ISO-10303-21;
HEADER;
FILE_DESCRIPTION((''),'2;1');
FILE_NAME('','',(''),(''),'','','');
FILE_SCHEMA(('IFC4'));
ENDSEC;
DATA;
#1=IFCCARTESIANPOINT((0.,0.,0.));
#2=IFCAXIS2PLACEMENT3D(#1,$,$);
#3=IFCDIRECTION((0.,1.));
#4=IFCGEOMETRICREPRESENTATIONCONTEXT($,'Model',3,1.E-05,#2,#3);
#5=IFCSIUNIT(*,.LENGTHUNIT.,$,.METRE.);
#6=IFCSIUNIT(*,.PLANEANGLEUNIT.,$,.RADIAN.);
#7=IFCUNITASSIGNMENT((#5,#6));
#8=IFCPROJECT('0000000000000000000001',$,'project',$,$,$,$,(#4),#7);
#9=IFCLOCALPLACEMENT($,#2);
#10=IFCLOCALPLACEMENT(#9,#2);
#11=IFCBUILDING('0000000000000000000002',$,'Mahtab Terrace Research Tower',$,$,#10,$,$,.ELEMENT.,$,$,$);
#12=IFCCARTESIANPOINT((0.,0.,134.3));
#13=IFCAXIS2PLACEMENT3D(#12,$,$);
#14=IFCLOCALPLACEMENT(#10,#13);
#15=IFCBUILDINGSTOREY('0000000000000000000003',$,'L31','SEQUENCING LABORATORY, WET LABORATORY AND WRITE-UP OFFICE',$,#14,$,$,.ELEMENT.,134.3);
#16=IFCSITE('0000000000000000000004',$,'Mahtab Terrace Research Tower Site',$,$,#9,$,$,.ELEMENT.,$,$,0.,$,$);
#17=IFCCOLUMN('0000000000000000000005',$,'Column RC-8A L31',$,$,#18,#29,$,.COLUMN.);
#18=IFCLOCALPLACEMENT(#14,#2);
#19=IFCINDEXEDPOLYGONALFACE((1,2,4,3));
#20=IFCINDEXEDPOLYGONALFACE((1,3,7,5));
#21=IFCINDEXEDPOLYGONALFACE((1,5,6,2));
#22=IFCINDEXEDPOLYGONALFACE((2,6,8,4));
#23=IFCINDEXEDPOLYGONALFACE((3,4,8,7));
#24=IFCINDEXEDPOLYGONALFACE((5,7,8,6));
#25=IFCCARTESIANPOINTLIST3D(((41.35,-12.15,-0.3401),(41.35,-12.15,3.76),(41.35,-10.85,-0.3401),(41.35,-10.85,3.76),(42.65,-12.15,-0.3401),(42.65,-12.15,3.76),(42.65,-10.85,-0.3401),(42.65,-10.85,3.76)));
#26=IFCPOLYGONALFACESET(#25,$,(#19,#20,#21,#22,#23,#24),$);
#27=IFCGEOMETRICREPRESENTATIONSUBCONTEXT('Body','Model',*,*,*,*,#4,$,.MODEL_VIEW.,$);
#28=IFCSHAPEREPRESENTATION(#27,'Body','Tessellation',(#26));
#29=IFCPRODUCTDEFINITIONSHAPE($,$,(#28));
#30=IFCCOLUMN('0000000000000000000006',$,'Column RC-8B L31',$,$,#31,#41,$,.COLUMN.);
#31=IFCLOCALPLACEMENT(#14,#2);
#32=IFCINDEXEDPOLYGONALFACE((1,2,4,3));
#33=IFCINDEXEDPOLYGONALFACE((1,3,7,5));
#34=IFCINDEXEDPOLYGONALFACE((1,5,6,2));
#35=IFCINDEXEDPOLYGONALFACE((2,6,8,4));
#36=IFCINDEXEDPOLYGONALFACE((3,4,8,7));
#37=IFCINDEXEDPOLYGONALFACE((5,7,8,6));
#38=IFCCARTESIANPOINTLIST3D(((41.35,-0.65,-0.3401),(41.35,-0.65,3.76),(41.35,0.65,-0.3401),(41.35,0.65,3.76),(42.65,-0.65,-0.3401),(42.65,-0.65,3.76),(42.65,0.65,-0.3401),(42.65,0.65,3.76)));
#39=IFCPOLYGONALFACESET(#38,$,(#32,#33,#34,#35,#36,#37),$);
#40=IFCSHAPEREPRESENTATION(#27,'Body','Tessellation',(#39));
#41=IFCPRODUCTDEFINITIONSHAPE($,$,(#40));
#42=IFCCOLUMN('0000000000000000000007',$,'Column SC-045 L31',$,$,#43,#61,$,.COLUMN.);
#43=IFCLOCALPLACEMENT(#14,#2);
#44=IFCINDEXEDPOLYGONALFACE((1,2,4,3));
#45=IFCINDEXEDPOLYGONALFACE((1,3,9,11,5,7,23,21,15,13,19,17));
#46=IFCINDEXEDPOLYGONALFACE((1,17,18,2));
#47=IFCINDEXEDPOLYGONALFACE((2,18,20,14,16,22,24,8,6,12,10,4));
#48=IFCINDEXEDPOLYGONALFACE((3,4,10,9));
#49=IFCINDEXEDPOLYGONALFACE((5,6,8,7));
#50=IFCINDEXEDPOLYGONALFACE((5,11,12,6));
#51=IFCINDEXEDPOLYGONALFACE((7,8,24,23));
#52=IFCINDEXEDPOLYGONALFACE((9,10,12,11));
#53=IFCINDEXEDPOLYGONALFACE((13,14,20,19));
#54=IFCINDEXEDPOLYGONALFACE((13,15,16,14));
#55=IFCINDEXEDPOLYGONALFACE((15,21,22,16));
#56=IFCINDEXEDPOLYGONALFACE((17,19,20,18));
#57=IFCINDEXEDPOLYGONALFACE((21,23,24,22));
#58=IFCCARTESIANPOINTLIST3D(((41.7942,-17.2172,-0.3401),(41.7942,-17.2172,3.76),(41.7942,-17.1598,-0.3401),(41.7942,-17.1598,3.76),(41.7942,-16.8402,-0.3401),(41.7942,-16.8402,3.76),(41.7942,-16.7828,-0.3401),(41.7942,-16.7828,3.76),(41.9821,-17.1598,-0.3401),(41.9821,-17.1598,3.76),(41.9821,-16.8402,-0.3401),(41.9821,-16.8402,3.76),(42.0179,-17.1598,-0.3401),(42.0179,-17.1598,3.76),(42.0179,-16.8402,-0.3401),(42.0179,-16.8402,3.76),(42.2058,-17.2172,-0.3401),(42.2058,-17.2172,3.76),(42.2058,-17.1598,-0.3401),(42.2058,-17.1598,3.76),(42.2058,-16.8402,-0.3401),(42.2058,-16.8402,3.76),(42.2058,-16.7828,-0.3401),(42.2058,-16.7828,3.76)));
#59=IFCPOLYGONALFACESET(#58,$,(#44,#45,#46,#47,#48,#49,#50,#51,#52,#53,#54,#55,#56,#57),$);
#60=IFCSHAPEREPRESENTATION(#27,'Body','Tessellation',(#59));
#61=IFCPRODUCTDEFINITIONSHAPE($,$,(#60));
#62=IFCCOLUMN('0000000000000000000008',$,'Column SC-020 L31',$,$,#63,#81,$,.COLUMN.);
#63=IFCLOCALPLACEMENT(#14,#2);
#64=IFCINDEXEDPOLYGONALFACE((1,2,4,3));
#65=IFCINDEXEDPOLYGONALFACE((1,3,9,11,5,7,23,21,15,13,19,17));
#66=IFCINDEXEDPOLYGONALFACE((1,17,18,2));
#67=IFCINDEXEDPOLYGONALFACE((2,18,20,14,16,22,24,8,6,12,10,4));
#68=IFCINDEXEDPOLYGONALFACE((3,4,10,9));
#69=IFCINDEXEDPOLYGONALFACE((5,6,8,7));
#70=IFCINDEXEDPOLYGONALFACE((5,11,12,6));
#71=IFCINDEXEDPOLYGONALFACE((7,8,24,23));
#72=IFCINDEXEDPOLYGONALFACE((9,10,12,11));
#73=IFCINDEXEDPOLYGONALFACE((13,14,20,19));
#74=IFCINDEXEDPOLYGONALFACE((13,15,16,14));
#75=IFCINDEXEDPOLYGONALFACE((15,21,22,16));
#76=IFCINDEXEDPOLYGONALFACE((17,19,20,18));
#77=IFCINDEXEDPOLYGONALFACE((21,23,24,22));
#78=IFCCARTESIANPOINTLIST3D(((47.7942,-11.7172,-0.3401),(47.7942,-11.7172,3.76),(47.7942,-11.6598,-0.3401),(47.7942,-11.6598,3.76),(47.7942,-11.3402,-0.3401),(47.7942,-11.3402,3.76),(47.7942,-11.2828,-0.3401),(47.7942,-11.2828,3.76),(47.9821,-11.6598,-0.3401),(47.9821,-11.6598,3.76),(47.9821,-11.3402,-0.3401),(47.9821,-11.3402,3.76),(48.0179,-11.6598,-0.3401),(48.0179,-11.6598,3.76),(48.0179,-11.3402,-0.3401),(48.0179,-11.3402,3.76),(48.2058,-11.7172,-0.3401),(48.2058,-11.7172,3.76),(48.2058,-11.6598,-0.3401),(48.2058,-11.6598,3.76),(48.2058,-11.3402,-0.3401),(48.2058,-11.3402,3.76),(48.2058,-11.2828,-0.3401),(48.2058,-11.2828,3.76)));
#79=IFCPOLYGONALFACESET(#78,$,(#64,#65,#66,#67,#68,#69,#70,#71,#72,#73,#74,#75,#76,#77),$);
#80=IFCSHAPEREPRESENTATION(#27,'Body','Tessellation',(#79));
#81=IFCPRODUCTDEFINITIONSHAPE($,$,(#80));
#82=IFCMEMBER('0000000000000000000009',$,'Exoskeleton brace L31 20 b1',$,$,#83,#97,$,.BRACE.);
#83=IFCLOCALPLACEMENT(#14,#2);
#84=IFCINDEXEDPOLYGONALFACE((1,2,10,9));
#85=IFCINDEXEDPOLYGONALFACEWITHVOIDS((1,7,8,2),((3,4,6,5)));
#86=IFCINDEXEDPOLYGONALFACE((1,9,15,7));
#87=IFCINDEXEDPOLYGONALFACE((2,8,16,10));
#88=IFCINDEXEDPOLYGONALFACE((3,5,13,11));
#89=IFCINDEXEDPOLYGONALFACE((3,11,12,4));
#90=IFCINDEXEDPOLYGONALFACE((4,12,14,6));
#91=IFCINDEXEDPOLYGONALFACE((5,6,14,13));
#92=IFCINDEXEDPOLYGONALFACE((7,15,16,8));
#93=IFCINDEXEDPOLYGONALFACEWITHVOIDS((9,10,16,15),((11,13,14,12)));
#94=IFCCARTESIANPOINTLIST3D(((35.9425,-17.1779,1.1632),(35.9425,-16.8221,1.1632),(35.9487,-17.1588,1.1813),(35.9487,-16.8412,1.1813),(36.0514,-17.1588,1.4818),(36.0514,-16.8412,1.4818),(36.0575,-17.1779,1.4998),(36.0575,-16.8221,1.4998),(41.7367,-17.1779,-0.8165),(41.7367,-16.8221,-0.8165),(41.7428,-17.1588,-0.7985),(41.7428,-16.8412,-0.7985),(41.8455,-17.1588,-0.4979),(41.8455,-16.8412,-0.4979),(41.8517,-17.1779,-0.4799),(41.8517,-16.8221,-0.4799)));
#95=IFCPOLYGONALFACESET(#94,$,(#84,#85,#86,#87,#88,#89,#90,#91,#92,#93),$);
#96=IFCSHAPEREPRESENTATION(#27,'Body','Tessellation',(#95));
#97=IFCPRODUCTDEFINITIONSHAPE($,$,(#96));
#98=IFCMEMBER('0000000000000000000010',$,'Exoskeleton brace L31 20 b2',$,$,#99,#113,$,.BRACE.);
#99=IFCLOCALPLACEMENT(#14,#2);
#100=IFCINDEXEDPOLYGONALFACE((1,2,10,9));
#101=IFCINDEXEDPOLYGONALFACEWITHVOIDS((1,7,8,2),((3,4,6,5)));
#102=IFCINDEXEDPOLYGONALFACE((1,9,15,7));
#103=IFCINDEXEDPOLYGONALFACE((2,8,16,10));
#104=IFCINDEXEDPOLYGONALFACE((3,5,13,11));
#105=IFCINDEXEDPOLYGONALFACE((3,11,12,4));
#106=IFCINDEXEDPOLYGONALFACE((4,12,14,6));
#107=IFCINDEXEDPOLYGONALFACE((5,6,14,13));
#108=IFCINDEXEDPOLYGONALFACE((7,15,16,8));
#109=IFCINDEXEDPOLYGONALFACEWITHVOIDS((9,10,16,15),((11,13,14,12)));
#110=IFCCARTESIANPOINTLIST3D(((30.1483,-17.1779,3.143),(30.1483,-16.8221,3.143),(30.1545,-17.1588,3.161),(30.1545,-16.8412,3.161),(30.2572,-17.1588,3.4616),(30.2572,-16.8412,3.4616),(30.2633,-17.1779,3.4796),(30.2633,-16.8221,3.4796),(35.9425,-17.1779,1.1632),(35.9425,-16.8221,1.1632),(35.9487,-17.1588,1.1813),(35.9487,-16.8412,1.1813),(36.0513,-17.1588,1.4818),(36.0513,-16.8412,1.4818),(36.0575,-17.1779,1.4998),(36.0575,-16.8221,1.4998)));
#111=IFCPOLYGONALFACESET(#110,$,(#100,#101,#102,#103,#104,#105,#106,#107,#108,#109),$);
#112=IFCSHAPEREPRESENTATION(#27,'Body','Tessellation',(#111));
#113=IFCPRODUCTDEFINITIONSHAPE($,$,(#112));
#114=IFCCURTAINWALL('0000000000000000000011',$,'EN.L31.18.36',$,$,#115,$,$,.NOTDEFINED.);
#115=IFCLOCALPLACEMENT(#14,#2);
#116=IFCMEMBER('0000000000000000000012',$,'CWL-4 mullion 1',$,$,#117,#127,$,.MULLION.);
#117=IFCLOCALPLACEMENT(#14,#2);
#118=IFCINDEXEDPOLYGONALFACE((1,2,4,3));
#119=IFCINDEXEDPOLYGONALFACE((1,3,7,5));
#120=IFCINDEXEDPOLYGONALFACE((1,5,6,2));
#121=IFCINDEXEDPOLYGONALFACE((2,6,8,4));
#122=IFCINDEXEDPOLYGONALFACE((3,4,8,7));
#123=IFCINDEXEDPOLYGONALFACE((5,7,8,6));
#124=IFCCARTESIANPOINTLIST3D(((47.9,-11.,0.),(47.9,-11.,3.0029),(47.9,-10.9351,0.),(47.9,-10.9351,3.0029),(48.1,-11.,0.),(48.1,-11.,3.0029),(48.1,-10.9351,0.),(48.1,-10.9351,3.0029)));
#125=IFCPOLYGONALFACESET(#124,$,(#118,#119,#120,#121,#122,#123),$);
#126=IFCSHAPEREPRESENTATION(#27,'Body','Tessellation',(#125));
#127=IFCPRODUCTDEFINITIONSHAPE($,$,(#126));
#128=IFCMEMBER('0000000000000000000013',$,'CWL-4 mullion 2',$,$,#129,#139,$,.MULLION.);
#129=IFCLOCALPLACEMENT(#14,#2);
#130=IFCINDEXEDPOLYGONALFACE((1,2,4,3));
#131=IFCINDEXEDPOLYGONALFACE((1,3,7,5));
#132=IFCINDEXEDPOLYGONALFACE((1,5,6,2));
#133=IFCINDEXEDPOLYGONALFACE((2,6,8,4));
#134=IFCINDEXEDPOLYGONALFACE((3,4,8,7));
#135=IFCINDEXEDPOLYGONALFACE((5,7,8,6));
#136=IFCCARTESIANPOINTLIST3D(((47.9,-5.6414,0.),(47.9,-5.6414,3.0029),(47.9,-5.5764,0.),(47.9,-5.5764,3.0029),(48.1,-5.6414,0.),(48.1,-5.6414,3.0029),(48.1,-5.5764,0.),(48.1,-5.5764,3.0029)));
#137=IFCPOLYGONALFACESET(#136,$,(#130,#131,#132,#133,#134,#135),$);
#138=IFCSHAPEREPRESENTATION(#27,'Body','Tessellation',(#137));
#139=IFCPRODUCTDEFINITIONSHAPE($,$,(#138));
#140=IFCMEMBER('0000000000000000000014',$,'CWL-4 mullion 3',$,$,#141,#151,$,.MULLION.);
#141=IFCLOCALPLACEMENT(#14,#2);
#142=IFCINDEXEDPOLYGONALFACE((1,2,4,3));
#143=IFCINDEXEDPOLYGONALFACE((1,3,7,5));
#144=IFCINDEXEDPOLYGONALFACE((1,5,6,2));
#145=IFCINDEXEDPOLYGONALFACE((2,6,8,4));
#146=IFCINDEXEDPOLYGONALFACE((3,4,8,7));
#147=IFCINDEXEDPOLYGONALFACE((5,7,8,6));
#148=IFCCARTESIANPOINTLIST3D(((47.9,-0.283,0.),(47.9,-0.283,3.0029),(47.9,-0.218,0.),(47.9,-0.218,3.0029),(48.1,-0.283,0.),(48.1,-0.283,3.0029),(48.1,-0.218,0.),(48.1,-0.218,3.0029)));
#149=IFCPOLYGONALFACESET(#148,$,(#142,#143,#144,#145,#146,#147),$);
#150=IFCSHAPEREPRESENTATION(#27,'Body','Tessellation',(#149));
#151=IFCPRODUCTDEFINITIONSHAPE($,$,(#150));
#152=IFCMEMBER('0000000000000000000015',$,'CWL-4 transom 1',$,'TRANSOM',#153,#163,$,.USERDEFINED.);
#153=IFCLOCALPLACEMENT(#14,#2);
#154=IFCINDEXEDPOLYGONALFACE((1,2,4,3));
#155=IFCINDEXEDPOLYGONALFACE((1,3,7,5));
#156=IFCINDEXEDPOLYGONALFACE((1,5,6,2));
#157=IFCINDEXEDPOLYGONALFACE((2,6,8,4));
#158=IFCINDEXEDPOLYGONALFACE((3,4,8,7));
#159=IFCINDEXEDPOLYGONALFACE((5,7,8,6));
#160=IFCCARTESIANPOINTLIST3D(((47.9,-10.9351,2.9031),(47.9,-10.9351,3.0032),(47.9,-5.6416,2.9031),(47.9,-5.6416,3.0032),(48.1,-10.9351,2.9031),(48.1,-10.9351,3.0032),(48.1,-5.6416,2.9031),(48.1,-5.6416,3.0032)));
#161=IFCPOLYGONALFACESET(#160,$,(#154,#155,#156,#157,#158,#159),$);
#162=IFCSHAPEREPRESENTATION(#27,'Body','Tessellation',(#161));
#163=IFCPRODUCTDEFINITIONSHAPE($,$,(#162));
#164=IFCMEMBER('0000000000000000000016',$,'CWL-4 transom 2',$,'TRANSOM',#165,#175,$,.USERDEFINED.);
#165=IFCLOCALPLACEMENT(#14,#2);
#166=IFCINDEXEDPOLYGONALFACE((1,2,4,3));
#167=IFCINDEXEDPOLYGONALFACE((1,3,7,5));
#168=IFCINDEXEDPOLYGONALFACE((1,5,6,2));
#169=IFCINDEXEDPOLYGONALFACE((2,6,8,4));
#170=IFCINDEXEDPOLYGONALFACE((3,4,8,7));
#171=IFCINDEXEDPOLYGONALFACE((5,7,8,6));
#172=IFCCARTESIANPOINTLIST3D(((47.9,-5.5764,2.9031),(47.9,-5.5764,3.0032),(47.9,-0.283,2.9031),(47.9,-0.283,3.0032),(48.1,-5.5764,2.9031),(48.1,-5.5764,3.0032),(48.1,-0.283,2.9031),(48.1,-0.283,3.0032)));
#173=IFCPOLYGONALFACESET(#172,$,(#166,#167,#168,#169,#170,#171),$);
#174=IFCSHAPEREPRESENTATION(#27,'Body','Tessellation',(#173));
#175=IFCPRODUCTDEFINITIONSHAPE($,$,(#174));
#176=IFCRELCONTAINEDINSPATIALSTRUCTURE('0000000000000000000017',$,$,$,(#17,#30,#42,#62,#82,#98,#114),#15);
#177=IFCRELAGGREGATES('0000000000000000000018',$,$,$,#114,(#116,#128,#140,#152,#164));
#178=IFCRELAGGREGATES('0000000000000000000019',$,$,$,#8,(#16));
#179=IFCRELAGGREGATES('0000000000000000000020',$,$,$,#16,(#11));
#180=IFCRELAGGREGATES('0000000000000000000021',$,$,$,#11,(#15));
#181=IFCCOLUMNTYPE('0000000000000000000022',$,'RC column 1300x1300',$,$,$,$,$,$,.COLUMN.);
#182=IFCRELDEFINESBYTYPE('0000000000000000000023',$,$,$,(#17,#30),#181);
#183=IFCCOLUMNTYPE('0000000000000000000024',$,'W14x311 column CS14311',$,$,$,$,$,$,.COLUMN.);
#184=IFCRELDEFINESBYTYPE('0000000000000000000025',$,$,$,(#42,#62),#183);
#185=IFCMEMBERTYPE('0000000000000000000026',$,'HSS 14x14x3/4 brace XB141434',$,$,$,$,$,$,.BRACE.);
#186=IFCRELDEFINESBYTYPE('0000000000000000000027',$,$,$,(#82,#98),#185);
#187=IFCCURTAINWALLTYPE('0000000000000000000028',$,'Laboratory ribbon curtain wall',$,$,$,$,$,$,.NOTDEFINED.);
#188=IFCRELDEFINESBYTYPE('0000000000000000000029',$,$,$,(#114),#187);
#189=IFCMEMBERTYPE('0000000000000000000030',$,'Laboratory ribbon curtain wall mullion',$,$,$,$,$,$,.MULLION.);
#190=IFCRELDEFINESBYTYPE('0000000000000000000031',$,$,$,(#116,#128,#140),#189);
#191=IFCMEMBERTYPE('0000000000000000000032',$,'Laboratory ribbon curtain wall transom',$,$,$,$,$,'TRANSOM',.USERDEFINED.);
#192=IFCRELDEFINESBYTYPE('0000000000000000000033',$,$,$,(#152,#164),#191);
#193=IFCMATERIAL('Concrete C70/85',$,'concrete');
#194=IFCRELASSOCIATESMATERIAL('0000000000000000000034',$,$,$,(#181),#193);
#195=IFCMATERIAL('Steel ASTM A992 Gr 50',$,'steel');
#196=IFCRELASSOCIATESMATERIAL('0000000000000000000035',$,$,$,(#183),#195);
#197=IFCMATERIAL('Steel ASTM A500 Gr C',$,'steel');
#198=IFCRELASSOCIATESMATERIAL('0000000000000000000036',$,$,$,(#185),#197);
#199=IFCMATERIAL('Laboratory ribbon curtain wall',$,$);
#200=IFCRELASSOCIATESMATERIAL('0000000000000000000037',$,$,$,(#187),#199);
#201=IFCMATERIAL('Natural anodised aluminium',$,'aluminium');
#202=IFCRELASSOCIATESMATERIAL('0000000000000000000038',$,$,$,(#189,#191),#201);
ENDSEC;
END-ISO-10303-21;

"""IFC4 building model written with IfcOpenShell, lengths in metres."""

from ifc_helpers import new_model, si_unit, direction, frame, origin, origin_2d, place, context, subcontext, project, spatial, rectangle, hollow_rectangle, i_section, extrude, material, material_profile, profile_set, type_object, element, aggregate, save


model = new_model("IFC4")

# Units and contexts
model_context = context("Model", 3, precision=1e-05, world=origin(), true_north=direction((0.0, 1.0)))
body_context = subcontext(model_context, "Body", "Model", "MODEL_VIEW")
ifc_project = project(units=[si_unit("LENGTHUNIT", "METRE"), si_unit("PLANEANGLEUNIT", "RADIAN")], contexts=[model_context])

# Site, building, storey
site_placement = place(None, origin())
site = spatial("IfcSite", under=ifc_project, at=site_placement, Name="Mahtab Terrace Research Tower Site", CompositionType="ELEMENT", RefElevation=0.0)
building_placement = place(site_placement, origin())
building = spatial("IfcBuilding", under=site, at=building_placement, Name="Mahtab Terrace Research Tower", CompositionType="ELEMENT")
storey_placement = place(building_placement, frame((0.0, 0.0, 134.3)))
storey = spatial("IfcBuildingStorey", under=building, at=storey_placement, Name="L31", Description="SEQUENCING LABORATORY, WET LABORATORY AND WRITE-UP OFFICE", CompositionType="ELEMENT", Elevation=134.3)

# Columns
ifc_material_1 = material(Name="Concrete C70/85", Category="concrete")
ifc_material_profile_1 = material_profile(ifc_material_1, rectangle(XDim=1.3, YDim=1.3, at=origin_2d()), Name="RC column 1300x1300")
ifc_profile_set_1 = profile_set([ifc_material_profile_1], Name="Concrete C70/85")
column_type_1 = type_object("IfcColumnType", Name="RC column 1300x1300", PredefinedType="COLUMN", material=ifc_profile_set_1)
for number, where, z_axis, x_axis, name in (
    (1, (42.0, -11.5, -0.3401), (0.0, 0.0, 1.0), (1.0, 0.0, 0.0), "Column RC-8A L31"),
    (2, (42.0, 0.0, -0.3401), (0.0, 0.0, 1.0), (1.0, 0.0, 0.0), "Column RC-8B L31"),
):
    element("IfcColumn", number, at=place(storey_placement, frame(where, z_axis=z_axis, x_axis=x_axis)), inside=storey, type_object=column_type_1, Name=name, PredefinedType="COLUMN", context=body_context, shape_type="SweptSolid", body=[
        extrude(rectangle(XDim=1.3, YDim=1.3, at=origin_2d()), origin(), (0.0, 0.0, 1.0), 4.1001),
    ])
ifc_material_2 = material(Name="Steel ASTM A992 Gr 50", Category="steel")
ifc_material_profile_2 = material_profile(ifc_material_2, i_section(OverallWidth=0.4116, OverallDepth=0.4343, WebThickness=0.0359, FlangeThickness=0.0574, at=origin_2d()), Name="W14X311")
ifc_profile_set_2 = profile_set([ifc_material_profile_2], Name="Steel ASTM A992 Gr 50")
column_type_2 = type_object("IfcColumnType", Name="W14x311 column CS14311", PredefinedType="COLUMN", material=ifc_profile_set_2)
for number, where, z_axis, x_axis, name in (
    (3, (42.0, -17.0, -0.3401), (0.0, 0.0, 1.0), (1.0, 0.0, 0.0), "Column SC-045 L31"),
    (4, (48.0, -11.5, -0.3401), (0.0, 0.0, 1.0), (1.0, 0.0, 0.0), "Column SC-020 L31"),
):
    element("IfcColumn", number, at=place(storey_placement, frame(where, z_axis=z_axis, x_axis=x_axis)), inside=storey, type_object=column_type_2, Name=name, PredefinedType="COLUMN", context=body_context, shape_type="SweptSolid", body=[
        extrude(i_section(OverallWidth=0.4116, OverallDepth=0.4343, WebThickness=0.0359, FlangeThickness=0.0574, at=origin_2d()), origin(), (0.0, 0.0, 1.0), 4.1001),
    ])

# Members
ifc_material_3 = material(Name="Steel ASTM A500 Gr C", Category="steel")
ifc_material_profile_3 = material_profile(ifc_material_3, hollow_rectangle(XDim=0.3557, YDim=0.3557, WallThickness=0.019, at=origin_2d()), Name="HSS14X14X3/4")
ifc_profile_set_3 = profile_set([ifc_material_profile_3], Name="Steel ASTM A500 Gr C")
member_type_1 = type_object("IfcMemberType", Name="HSS 14x14x3/4 brace XB141434", PredefinedType="BRACE", material=ifc_profile_set_3)
for number, where, z_axis, x_axis, name in (
    (5, (41.7942, -17.0, -0.6482), (-0.946288, 0.0, 0.323324), (0.0, -1.0, 0.0), "Exoskeleton brace L31 20 b1"),
    (6, (36.0, -17.0, 1.3315), (-0.946288, 0.0, 0.323324), (0.0, -1.0, 0.0), "Exoskeleton brace L31 20 b2"),
):
    element("IfcMember", number, at=place(storey_placement, frame(where, z_axis=z_axis, x_axis=x_axis)), inside=storey, type_object=member_type_1, Name=name, PredefinedType="BRACE", context=body_context, shape_type="SweptSolid", body=[
        extrude(hollow_rectangle(XDim=0.3557, YDim=0.3557, WallThickness=0.019, at=origin_2d()), origin(), (0.0, 0.0, 1.0), 6.123),
    ])

# Curtain wall, members
ifc_material_4 = material(Name="Laboratory ribbon curtain wall")
curtain_wall_type = type_object("IfcCurtainWallType", Name="Laboratory ribbon curtain wall", PredefinedType="NOTDEFINED", material=ifc_material_4)
curtain_wall_placement = place(storey_placement, origin())
curtain_wall = element("IfcCurtainWall", 7, at=curtain_wall_placement, inside=storey, type_object=curtain_wall_type, Name="EN.L31.18.36", PredefinedType="NOTDEFINED")
ifc_material_5 = material(Name="Natural anodised aluminium", Category="aluminium")
ifc_material_profile_4 = material_profile(ifc_material_5, rectangle(XDim=0.2, YDim=0.0649, at=origin_2d()), Name="MULLION 65x200")
ifc_profile_set_4 = profile_set([ifc_material_profile_4], Name="Natural anodised aluminium")
member_type_2 = type_object("IfcMemberType", Name="Laboratory ribbon curtain wall mullion", PredefinedType="MULLION", material=ifc_profile_set_4)
member_1_placement = place(storey_placement, frame((48.0, -10.9675, 0.0), z_axis=(0.0, 0.0, 1.0), x_axis=(-1.0, 0.0, 0.0)))
member_1 = element("IfcMember", 8, at=member_1_placement, type_object=member_type_2, Name="CWL-4 mullion 1", PredefinedType="MULLION", context=body_context, shape_type="SweptSolid", body=[
    extrude(rectangle(XDim=0.2, YDim=0.0649, at=origin_2d()), origin(), (0.0, 0.0, 1.0), 3.0029),
])
member_2_placement = place(storey_placement, frame((48.0, -5.6089, 0.0), z_axis=(0.0, 0.0, 1.0), x_axis=(-1.0, 0.0, 0.0)))
member_2 = element("IfcMember", 9, at=member_2_placement, type_object=member_type_2, Name="CWL-4 mullion 2", PredefinedType="MULLION", context=body_context, shape_type="SweptSolid", body=[
    extrude(rectangle(XDim=0.2, YDim=0.0649, at=origin_2d()), origin(), (0.0, 0.0, 1.0), 3.0029),
])
member_3_placement = place(storey_placement, frame((48.0, -0.2505, 0.0), z_axis=(0.0, 0.0, 1.0), x_axis=(-1.0, 0.0, 0.0)))
member_3 = element("IfcMember", 10, at=member_3_placement, type_object=member_type_2, Name="CWL-4 mullion 3", PredefinedType="MULLION", context=body_context, shape_type="SweptSolid", body=[
    extrude(rectangle(XDim=0.2, YDim=0.0649, at=origin_2d()), origin(), (0.0, 0.0, 1.0), 3.0029),
])
ifc_material_profile_5 = material_profile(ifc_material_5, rectangle(XDim=0.2, YDim=0.1001, at=origin_2d()), Name="TRANSOM 100x200")
ifc_profile_set_5 = profile_set([ifc_material_profile_5], Name="Natural anodised aluminium")
member_type_3 = type_object("IfcMemberType", Name="Laboratory ribbon curtain wall transom", ElementType="TRANSOM", PredefinedType="USERDEFINED", material=ifc_profile_set_5)
member_4_placement = place(storey_placement, frame((48.0, -10.9351, 2.9531), z_axis=(0.0, 1.0, 0.0), x_axis=(-1.0, 0.0, 0.0)))
member_4 = element("IfcMember", 11, at=member_4_placement, type_object=member_type_3, Name="CWL-4 transom 1", ObjectType="TRANSOM", PredefinedType="USERDEFINED", context=body_context, shape_type="SweptSolid", body=[
    extrude(rectangle(XDim=0.2, YDim=0.1001, at=origin_2d()), origin(), (0.0, 0.0, 1.0), 5.2935),
])
member_5_placement = place(storey_placement, frame((48.0, -5.5764, 2.9531), z_axis=(0.0, 1.0, 0.0), x_axis=(-1.0, 0.0, 0.0)))
member_5 = element("IfcMember", 12, at=member_5_placement, type_object=member_type_3, Name="CWL-4 transom 2", ObjectType="TRANSOM", PredefinedType="USERDEFINED", context=body_context, shape_type="SweptSolid", body=[
    extrude(rectangle(XDim=0.2, YDim=0.1001, at=origin_2d()), origin(), (0.0, 0.0, 1.0), 5.2935),
])

aggregate(curtain_wall, [member_1, member_2, member_3, member_4, member_5])

save(model, "model.ifc")
